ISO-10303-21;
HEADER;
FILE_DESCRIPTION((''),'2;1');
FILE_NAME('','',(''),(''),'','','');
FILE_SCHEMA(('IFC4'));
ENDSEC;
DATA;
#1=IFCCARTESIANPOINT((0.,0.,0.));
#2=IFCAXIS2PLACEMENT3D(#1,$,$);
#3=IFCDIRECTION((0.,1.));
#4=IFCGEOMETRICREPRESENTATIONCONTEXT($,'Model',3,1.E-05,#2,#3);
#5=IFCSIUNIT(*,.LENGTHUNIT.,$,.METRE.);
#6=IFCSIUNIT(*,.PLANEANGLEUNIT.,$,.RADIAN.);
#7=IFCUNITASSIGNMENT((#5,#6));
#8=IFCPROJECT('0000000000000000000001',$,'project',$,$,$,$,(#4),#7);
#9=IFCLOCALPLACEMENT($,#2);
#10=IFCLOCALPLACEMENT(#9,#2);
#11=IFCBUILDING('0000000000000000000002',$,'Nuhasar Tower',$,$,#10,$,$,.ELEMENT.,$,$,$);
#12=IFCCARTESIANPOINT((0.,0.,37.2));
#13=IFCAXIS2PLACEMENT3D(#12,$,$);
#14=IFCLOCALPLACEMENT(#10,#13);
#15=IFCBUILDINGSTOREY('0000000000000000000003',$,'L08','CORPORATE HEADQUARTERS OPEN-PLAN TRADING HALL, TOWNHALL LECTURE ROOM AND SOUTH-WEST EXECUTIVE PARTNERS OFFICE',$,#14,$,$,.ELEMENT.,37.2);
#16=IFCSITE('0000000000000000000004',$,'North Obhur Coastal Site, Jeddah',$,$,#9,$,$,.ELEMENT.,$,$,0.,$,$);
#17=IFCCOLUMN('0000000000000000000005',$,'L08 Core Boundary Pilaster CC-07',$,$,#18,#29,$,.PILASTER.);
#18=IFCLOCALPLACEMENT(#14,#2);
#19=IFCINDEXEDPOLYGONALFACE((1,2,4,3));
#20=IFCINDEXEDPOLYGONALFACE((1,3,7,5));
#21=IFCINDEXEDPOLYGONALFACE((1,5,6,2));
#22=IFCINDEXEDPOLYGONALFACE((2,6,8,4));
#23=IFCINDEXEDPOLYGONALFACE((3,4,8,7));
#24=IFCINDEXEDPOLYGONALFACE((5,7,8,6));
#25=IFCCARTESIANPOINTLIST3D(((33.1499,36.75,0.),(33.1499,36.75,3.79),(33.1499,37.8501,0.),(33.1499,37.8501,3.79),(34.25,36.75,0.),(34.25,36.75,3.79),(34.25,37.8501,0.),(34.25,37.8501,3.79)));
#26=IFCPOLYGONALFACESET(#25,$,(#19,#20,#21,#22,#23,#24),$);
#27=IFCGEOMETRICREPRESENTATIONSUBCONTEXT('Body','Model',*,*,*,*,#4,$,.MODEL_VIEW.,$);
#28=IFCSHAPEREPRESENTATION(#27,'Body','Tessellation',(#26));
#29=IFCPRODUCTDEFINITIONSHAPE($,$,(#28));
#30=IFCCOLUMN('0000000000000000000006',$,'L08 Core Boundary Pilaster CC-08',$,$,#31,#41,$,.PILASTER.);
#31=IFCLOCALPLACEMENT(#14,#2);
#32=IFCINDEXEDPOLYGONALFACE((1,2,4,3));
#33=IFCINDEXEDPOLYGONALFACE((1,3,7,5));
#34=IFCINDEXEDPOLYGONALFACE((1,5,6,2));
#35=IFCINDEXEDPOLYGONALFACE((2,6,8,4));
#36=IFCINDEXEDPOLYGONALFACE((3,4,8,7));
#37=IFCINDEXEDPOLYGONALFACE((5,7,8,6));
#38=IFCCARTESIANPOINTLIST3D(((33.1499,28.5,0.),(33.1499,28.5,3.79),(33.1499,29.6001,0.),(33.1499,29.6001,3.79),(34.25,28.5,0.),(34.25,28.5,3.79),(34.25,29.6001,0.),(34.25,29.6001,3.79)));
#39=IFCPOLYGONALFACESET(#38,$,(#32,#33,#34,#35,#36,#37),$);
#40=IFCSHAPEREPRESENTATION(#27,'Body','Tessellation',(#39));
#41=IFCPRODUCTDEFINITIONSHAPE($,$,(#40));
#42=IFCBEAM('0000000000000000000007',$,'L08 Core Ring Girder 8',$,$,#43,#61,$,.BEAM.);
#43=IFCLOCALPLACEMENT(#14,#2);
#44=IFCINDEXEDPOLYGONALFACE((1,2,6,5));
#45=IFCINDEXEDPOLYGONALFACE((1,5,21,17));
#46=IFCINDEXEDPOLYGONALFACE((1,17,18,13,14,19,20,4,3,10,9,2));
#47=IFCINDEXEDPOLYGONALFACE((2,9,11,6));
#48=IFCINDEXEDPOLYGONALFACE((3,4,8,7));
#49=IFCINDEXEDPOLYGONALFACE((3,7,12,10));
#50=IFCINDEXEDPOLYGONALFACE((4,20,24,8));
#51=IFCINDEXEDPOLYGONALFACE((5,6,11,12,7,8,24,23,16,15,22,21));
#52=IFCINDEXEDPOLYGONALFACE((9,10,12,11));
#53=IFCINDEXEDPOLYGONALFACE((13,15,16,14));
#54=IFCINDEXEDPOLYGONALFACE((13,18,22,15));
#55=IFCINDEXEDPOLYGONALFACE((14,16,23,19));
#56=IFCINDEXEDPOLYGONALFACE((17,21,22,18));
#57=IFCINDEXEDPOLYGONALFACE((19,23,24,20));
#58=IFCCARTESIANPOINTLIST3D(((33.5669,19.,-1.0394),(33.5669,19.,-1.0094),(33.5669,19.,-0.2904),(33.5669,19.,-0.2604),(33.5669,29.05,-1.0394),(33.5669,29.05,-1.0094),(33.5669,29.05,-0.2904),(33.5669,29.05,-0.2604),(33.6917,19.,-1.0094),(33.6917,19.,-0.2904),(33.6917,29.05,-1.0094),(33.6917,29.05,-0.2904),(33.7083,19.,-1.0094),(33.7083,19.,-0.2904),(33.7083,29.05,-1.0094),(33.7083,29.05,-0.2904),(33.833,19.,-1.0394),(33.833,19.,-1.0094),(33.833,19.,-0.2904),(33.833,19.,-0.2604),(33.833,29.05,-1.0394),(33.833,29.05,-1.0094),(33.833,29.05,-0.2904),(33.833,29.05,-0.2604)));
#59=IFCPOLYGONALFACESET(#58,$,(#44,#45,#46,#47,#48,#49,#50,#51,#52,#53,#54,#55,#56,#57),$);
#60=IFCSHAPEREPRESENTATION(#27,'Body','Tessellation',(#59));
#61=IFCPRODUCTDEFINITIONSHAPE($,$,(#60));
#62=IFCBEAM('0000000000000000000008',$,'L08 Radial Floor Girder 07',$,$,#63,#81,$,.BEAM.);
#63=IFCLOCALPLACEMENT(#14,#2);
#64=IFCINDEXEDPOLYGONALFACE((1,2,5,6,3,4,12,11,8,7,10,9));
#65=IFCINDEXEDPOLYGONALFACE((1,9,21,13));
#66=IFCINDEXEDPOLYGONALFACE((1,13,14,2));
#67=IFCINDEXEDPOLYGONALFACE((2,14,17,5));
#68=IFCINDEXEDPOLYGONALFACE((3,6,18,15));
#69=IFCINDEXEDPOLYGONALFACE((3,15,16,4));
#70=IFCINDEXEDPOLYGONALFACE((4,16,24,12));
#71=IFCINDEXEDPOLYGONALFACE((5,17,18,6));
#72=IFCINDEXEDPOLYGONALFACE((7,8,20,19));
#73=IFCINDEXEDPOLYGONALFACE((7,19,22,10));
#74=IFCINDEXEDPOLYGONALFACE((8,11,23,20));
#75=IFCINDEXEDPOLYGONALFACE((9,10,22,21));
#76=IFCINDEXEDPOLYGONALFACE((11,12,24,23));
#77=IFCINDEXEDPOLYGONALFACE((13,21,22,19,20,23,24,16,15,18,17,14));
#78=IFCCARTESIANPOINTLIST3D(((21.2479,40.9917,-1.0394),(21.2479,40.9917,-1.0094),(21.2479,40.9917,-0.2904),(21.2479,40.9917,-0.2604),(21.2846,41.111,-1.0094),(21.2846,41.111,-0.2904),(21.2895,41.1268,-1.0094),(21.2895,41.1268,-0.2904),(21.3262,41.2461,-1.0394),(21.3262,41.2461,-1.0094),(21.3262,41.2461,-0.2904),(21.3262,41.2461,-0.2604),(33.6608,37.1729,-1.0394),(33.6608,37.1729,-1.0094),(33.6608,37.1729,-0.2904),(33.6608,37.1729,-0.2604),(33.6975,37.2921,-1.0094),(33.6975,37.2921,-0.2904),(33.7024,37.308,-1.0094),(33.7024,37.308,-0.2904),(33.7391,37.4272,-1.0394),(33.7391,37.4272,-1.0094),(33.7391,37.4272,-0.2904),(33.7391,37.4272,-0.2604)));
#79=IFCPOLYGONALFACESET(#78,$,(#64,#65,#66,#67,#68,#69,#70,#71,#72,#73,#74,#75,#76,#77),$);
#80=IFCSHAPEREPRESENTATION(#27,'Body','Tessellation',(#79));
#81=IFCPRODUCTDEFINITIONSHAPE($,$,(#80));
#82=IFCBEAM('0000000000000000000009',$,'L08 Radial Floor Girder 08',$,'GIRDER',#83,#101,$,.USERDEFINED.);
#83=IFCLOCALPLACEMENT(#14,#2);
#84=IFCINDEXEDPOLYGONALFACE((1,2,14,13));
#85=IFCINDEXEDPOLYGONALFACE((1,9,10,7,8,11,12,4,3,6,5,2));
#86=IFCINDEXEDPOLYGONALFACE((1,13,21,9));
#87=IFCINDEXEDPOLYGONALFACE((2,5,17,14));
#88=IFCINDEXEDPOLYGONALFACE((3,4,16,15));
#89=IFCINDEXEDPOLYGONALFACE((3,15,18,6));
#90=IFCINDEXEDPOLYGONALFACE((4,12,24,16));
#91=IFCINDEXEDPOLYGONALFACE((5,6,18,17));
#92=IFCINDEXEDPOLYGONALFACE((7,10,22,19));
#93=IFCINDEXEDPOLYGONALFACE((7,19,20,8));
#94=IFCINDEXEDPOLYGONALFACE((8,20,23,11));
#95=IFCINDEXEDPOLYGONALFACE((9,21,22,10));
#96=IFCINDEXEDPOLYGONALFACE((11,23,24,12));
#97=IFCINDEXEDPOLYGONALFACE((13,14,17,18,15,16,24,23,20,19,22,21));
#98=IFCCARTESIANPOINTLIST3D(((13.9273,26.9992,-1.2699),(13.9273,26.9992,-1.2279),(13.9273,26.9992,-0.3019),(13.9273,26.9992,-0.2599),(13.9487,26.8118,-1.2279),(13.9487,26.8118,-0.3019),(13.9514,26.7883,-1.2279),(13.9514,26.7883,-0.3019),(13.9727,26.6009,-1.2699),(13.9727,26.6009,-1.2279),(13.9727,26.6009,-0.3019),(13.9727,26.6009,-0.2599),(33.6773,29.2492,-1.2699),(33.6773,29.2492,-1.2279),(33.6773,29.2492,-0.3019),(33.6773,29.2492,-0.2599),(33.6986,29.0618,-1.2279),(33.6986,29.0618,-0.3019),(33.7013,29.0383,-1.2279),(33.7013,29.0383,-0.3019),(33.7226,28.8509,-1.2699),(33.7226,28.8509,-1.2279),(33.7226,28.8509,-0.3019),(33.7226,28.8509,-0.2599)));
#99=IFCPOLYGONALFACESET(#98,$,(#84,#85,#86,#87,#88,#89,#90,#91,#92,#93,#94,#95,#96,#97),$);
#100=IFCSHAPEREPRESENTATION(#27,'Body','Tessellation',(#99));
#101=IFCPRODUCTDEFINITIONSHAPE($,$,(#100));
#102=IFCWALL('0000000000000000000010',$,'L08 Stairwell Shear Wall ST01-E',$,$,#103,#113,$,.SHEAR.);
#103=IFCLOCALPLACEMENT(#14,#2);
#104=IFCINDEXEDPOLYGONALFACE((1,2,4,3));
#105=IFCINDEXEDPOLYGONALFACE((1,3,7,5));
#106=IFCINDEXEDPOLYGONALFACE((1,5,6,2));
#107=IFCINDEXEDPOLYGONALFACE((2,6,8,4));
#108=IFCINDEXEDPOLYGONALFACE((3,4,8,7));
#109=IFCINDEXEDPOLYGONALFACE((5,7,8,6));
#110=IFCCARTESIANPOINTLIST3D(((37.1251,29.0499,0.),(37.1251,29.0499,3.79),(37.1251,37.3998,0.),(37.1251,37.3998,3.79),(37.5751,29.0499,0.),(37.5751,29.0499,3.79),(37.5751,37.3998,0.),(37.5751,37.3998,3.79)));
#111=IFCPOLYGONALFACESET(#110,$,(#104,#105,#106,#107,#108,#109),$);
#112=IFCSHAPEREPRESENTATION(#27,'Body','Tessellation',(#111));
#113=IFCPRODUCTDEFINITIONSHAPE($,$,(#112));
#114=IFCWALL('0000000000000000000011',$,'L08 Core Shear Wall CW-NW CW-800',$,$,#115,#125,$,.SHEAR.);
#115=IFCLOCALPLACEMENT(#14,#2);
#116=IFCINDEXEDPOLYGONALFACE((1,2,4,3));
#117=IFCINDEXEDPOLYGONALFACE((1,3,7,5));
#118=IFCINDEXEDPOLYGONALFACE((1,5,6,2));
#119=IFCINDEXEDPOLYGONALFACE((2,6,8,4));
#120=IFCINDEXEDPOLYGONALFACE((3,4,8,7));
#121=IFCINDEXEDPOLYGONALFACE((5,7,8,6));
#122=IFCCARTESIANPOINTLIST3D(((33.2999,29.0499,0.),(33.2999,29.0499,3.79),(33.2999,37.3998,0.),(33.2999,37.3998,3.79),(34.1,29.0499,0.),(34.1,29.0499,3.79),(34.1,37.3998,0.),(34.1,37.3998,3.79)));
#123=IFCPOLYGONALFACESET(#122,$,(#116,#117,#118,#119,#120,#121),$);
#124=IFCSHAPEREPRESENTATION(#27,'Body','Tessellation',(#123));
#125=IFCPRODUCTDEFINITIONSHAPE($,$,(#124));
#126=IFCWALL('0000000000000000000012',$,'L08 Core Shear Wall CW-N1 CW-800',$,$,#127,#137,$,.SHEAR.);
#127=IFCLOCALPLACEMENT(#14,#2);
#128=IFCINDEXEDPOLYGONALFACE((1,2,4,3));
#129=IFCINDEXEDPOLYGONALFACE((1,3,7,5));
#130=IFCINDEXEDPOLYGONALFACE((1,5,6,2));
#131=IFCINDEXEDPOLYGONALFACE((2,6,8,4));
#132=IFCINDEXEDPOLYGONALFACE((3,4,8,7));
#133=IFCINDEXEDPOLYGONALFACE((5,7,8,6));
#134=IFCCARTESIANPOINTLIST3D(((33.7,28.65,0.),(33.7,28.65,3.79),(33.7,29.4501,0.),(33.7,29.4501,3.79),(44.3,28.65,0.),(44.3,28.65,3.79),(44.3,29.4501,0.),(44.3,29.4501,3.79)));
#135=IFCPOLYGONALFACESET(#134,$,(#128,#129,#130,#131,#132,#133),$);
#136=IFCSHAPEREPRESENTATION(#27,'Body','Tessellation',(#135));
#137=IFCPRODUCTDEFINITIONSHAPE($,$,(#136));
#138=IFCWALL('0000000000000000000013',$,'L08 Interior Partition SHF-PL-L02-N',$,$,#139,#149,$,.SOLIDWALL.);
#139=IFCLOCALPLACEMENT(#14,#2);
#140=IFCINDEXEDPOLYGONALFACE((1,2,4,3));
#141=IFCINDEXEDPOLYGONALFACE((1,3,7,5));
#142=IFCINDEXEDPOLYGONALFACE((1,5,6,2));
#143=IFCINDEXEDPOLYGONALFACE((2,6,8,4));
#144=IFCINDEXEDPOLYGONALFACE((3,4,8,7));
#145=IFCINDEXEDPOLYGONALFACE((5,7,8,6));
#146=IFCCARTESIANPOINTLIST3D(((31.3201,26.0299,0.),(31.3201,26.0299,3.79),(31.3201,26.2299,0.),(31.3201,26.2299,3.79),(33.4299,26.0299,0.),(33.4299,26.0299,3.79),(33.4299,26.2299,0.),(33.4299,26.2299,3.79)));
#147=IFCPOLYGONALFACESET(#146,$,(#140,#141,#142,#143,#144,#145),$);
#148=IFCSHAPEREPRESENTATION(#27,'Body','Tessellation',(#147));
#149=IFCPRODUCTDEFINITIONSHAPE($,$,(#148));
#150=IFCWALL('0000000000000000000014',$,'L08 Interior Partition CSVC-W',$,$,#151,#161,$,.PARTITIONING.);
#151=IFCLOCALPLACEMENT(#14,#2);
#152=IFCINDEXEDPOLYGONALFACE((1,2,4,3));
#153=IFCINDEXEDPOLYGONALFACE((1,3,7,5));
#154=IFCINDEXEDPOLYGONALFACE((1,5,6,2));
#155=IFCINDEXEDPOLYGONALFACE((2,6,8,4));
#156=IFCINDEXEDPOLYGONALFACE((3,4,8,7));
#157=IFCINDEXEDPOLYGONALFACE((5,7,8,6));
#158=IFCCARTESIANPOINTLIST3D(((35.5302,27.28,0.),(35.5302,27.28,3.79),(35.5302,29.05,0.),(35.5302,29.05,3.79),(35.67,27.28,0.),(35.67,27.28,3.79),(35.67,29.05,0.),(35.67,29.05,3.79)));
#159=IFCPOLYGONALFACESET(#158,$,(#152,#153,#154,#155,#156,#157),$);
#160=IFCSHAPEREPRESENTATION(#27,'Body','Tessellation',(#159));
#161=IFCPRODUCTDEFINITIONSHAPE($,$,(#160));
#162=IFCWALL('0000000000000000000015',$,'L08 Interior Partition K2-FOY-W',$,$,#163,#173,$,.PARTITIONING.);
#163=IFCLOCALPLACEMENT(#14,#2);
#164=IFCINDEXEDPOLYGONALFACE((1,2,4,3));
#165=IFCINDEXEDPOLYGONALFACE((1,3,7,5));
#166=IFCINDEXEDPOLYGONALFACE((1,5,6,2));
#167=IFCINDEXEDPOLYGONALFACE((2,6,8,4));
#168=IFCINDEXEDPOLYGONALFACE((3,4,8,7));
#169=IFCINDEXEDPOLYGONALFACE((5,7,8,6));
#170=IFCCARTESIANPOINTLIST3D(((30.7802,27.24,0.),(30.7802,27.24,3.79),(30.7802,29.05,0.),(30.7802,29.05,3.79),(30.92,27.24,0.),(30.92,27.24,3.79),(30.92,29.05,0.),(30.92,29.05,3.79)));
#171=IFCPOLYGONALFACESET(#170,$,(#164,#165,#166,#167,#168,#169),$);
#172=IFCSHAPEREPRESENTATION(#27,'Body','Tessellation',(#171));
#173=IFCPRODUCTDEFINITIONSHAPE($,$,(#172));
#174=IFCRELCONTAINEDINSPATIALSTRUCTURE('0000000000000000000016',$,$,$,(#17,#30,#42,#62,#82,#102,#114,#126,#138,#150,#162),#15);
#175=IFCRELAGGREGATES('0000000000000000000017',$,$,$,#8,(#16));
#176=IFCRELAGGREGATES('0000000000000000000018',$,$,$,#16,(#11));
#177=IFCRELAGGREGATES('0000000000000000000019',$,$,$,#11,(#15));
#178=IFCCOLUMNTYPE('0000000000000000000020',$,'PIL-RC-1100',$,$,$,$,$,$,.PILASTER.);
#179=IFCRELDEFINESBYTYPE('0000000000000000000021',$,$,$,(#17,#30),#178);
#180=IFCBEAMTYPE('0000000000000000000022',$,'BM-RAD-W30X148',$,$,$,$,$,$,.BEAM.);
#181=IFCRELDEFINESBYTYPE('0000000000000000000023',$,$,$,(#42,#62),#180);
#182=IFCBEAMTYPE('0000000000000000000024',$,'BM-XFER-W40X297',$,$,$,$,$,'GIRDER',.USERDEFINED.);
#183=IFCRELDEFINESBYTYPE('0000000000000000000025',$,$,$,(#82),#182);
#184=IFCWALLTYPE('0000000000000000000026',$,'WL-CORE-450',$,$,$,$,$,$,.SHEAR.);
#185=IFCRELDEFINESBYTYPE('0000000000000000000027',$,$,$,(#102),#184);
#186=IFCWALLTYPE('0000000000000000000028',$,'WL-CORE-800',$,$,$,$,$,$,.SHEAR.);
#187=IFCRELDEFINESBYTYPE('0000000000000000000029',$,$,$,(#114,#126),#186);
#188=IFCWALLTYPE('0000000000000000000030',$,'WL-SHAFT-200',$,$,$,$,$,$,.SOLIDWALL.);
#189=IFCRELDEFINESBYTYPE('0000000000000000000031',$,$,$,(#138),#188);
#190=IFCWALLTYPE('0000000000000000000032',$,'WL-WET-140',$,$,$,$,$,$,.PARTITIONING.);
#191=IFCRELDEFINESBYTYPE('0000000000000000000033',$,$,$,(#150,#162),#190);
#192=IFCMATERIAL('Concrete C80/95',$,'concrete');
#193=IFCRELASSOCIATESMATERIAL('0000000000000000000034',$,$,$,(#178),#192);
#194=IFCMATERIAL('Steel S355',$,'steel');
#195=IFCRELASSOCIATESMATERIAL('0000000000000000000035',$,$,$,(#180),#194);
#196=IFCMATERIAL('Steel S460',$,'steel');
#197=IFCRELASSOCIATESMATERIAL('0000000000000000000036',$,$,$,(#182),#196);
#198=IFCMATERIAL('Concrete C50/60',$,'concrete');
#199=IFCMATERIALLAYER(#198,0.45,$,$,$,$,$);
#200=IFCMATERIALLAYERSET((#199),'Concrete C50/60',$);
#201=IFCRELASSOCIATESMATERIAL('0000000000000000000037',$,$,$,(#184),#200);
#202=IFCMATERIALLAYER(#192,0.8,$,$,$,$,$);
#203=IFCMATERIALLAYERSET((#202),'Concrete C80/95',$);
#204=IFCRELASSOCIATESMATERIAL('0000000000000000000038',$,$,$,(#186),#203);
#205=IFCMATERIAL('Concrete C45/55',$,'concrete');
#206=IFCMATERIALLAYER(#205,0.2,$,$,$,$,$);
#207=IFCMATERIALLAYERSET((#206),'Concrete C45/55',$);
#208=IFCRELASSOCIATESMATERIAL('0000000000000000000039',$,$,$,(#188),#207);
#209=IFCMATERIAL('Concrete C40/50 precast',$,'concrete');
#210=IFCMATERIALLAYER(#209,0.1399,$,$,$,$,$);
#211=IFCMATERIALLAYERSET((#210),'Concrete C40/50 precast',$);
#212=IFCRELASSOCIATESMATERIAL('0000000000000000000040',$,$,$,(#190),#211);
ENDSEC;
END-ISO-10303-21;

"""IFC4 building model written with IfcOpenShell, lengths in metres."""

from ifc_helpers import new_model, si_unit, direction, frame, frame_2d, origin, origin_2d, place, context, subcontext, project, spatial, rectangle, i_section, extrude, material, layer, layer_set, material_profile, profile_set, type_object, element, save


model = new_model("IFC4")

# Units and contexts
model_context = context("Model", 3, precision=1e-05, world=origin(), true_north=direction((0.0, 1.0)))
body_context = subcontext(model_context, "Body", "Model", "MODEL_VIEW")
ifc_project = project(units=[si_unit("LENGTHUNIT", "METRE"), si_unit("PLANEANGLEUNIT", "RADIAN")], contexts=[model_context])

# Site, building, storey
site_placement = place(None, origin())
site = spatial("IfcSite", under=ifc_project, at=site_placement, Name="North Obhur Coastal Site, Jeddah", CompositionType="ELEMENT", RefElevation=0.0)
building_placement = place(site_placement, origin())
building = spatial("IfcBuilding", under=site, at=building_placement, Name="Nuhasar Tower", CompositionType="ELEMENT")
storey_placement = place(building_placement, frame((0.0, 0.0, 37.2)))
storey = spatial("IfcBuildingStorey", under=building, at=storey_placement, Name="L08", Description="CORPORATE HEADQUARTERS OPEN-PLAN TRADING HALL, TOWNHALL LECTURE ROOM AND SOUTH-WEST EXECUTIVE PARTNERS OFFICE", CompositionType="ELEMENT", Elevation=37.2)

# Columns
ifc_material_1 = material(Name="Concrete C80/95", Category="concrete")
ifc_material_profile_1 = material_profile(ifc_material_1, rectangle(XDim=1.1001, YDim=1.1001, at=origin_2d()), Name="RC1100X1100")
ifc_profile_set_1 = profile_set([ifc_material_profile_1], Name="Concrete C80/95")
column_type = type_object("IfcColumnType", Name="PIL-RC-1100", PredefinedType="PILASTER", material=ifc_profile_set_1)
for number, where, z_axis, x_axis, name in (
    (1, (33.7, 37.3, 0.0), (0.0, 0.0, 1.0), (1.0, 0.0, 0.0), "L08 Core Boundary Pilaster CC-07"),
    (2, (33.7, 29.05, 0.0), (0.0, 0.0, 1.0), (1.0, 0.0, 0.0), "L08 Core Boundary Pilaster CC-08"),
):
    element("IfcColumn", number, at=place(storey_placement, frame(where, z_axis=z_axis, x_axis=x_axis)), inside=storey, type_object=column_type, Name=name, PredefinedType="PILASTER", context=body_context, shape_type="SweptSolid", body=[
        extrude(rectangle(XDim=1.1001, YDim=1.1001, at=origin_2d()), origin(), (0.0, 0.0, 1.0), 3.79),
    ])

# Beams
ifc_material_2 = material(Name="Steel S355", Category="steel")
ifc_material_profile_2 = material_profile(ifc_material_2, i_section(OverallWidth=0.2661, OverallDepth=0.7791, WebThickness=0.0166, FlangeThickness=0.03, at=origin_2d()), Name="W30X148")
ifc_profile_set_2 = profile_set([ifc_material_profile_2], Name="Steel S355")
beam_type_1 = type_object("IfcBeamType", Name="BM-RAD-W30X148", PredefinedType="BEAM", material=ifc_profile_set_2)
beam_1_placement = place(storey_placement, frame((33.7, 29.05, -0.6499), z_axis=(0.0, -1.0, 0.0), x_axis=(1.0, 0.0, 0.0)))
element("IfcBeam", 3, at=beam_1_placement, inside=storey, type_object=beam_type_1, Name="L08 Core Ring Girder 8", PredefinedType="BEAM", context=body_context, shape_type="SweptSolid", body=[
    extrude(i_section(OverallWidth=0.2661, OverallDepth=0.7791, WebThickness=0.0166, FlangeThickness=0.03, at=origin_2d()), origin(), (0.0, 0.0, 1.0), 10.05),
])
beam_2_placement = place(storey_placement, frame((33.7, 37.3, -0.6499), z_axis=(-0.95579, 0.294052, 0.0), x_axis=(-0.294052, -0.95579, 0.0)))
element("IfcBeam", 4, at=beam_2_placement, inside=storey, type_object=beam_type_1, Name="L08 Radial Floor Girder 07", PredefinedType="BEAM", context=body_context, shape_type="SweptSolid", body=[
    extrude(i_section(OverallWidth=0.2661, OverallDepth=0.7791, WebThickness=0.0166, FlangeThickness=0.03, at=origin_2d()), origin(), (0.0, 0.0, 1.0), 12.9871),
])
ifc_material_3 = material(Name="Steel S460", Category="steel")
ifc_material_profile_3 = material_profile(ifc_material_3, i_section(OverallWidth=0.4009, OverallDepth=1.01, WebThickness=0.0237, FlangeThickness=0.042, at=origin_2d()), Name="W40X297")
ifc_profile_set_3 = profile_set([ifc_material_profile_3], Name="Steel S460")
beam_type_2 = type_object("IfcBeamType", Name="BM-XFER-W40X297", ElementType="GIRDER", PredefinedType="USERDEFINED", material=ifc_profile_set_3)
beam_3_placement = place(storey_placement, frame((33.7, 29.05, -0.7649), z_axis=(-0.993573, -0.113192, 0.0), x_axis=(0.113192, -0.993573, 0.0)))
element("IfcBeam", 5, at=beam_3_placement, inside=storey, type_object=beam_type_2, Name="L08 Radial Floor Girder 08", ObjectType="GIRDER", PredefinedType="USERDEFINED", context=body_context, shape_type="SweptSolid", body=[
    extrude(i_section(OverallWidth=0.4009, OverallDepth=1.01, WebThickness=0.0237, FlangeThickness=0.042, at=origin_2d()), origin(), (0.0, 0.0, 1.0), 19.8777),
])

# Walls
ifc_material_4 = material(Name="Concrete C50/60", Category="concrete")
ifc_layer_1 = layer(ifc_material_4, 0.45)
ifc_layer_set_1 = layer_set([ifc_layer_1], Name="Concrete C50/60")
wall_type_1 = type_object("IfcWallType", Name="WL-CORE-450", PredefinedType="SHEAR", material=ifc_layer_set_1)
wall_1_placement = place(storey_placement, frame((37.3501, 29.05, 0.0), z_axis=(0.0, 0.0, 1.0), x_axis=(0.0, 1.0, 0.0)))
element("IfcWall", 6, at=wall_1_placement, inside=storey, type_object=wall_type_1, Name="L08 Stairwell Shear Wall ST01-E", PredefinedType="SHEAR", context=body_context, shape_type="SweptSolid", body=[
    extrude(rectangle(XDim=8.3499, YDim=0.45, at=frame_2d((4.1748, 0.0))), origin(), (0.0, 0.0, 1.0), 3.79),
])
ifc_layer_2 = layer(ifc_material_1, 0.8)
ifc_layer_set_2 = layer_set([ifc_layer_2], Name="Concrete C80/95")
wall_type_2 = type_object("IfcWallType", Name="WL-CORE-800", PredefinedType="SHEAR", material=ifc_layer_set_2)
wall_2_placement = place(storey_placement, frame((33.7, 29.05, 0.0), z_axis=(0.0, 0.0, 1.0), x_axis=(0.0, 1.0, 0.0)))
element("IfcWall", 7, at=wall_2_placement, inside=storey, type_object=wall_type_2, Name="L08 Core Shear Wall CW-NW CW-800", PredefinedType="SHEAR", context=body_context, shape_type="SweptSolid", body=[
    extrude(rectangle(XDim=8.3499, YDim=0.8, at=frame_2d((4.1748, 0.0))), origin(), (0.0, 0.0, 1.0), 3.79),
])
wall_3_placement = place(storey_placement, frame((33.7, 29.05, 0.0), z_axis=(0.0, 0.0, 1.0), x_axis=(1.0, 0.0, 0.0)))
element("IfcWall", 8, at=wall_3_placement, inside=storey, type_object=wall_type_2, Name="L08 Core Shear Wall CW-N1 CW-800", PredefinedType="SHEAR", context=body_context, shape_type="SweptSolid", body=[
    extrude(rectangle(XDim=10.6001, YDim=0.8, at=frame_2d((5.3, 0.0))), origin(), (0.0, 0.0, 1.0), 3.79),
])
ifc_material_5 = material(Name="Concrete C45/55", Category="concrete")
ifc_layer_3 = layer(ifc_material_5, 0.2)
ifc_layer_set_3 = layer_set([ifc_layer_3], Name="Concrete C45/55")
wall_type_3 = type_object("IfcWallType", Name="WL-SHAFT-200", PredefinedType="SOLIDWALL", material=ifc_layer_set_3)
wall_4_placement = place(storey_placement, frame((31.3201, 26.1299, 0.0), z_axis=(0.0, 0.0, 1.0), x_axis=(1.0, 0.0, 0.0)))
element("IfcWall", 9, at=wall_4_placement, inside=storey, type_object=wall_type_3, Name="L08 Interior Partition SHF-PL-L02-N", PredefinedType="SOLIDWALL", context=body_context, shape_type="SweptSolid", body=[
    extrude(rectangle(XDim=2.1099, YDim=0.2, at=frame_2d((1.0549, 0.0))), origin(), (0.0, 0.0, 1.0), 3.79),
])
ifc_material_6 = material(Name="Concrete C40/50 precast", Category="concrete")
ifc_layer_4 = layer(ifc_material_6, 0.1399)
ifc_layer_set_4 = layer_set([ifc_layer_4], Name="Concrete C40/50 precast")
wall_type_4 = type_object("IfcWallType", Name="WL-WET-140", PredefinedType="PARTITIONING", material=ifc_layer_set_4)
wall_5_placement = place(storey_placement, frame((35.6001, 27.28, 0.0), z_axis=(0.0, 0.0, 1.0), x_axis=(0.0, 1.0, 0.0)))
element("IfcWall", 10, at=wall_5_placement, inside=storey, type_object=wall_type_4, Name="L08 Interior Partition CSVC-W", PredefinedType="PARTITIONING", context=body_context, shape_type="SweptSolid", body=[
    extrude(rectangle(XDim=1.77, YDim=0.1399, at=frame_2d((0.885, 0.0))), origin(), (0.0, 0.0, 1.0), 3.79),
])
wall_6_placement = place(storey_placement, frame((30.8501, 27.24, 0.0), z_axis=(0.0, 0.0, 1.0), x_axis=(0.0, 1.0, 0.0)))
element("IfcWall", 11, at=wall_6_placement, inside=storey, type_object=wall_type_4, Name="L08 Interior Partition K2-FOY-W", PredefinedType="PARTITIONING", context=body_context, shape_type="SweptSolid", body=[
    extrude(rectangle(XDim=1.8101, YDim=0.1399, at=frame_2d((0.905, 0.0))), origin(), (0.0, 0.0, 1.0), 3.79),
])

save(model, "model.ifc")
